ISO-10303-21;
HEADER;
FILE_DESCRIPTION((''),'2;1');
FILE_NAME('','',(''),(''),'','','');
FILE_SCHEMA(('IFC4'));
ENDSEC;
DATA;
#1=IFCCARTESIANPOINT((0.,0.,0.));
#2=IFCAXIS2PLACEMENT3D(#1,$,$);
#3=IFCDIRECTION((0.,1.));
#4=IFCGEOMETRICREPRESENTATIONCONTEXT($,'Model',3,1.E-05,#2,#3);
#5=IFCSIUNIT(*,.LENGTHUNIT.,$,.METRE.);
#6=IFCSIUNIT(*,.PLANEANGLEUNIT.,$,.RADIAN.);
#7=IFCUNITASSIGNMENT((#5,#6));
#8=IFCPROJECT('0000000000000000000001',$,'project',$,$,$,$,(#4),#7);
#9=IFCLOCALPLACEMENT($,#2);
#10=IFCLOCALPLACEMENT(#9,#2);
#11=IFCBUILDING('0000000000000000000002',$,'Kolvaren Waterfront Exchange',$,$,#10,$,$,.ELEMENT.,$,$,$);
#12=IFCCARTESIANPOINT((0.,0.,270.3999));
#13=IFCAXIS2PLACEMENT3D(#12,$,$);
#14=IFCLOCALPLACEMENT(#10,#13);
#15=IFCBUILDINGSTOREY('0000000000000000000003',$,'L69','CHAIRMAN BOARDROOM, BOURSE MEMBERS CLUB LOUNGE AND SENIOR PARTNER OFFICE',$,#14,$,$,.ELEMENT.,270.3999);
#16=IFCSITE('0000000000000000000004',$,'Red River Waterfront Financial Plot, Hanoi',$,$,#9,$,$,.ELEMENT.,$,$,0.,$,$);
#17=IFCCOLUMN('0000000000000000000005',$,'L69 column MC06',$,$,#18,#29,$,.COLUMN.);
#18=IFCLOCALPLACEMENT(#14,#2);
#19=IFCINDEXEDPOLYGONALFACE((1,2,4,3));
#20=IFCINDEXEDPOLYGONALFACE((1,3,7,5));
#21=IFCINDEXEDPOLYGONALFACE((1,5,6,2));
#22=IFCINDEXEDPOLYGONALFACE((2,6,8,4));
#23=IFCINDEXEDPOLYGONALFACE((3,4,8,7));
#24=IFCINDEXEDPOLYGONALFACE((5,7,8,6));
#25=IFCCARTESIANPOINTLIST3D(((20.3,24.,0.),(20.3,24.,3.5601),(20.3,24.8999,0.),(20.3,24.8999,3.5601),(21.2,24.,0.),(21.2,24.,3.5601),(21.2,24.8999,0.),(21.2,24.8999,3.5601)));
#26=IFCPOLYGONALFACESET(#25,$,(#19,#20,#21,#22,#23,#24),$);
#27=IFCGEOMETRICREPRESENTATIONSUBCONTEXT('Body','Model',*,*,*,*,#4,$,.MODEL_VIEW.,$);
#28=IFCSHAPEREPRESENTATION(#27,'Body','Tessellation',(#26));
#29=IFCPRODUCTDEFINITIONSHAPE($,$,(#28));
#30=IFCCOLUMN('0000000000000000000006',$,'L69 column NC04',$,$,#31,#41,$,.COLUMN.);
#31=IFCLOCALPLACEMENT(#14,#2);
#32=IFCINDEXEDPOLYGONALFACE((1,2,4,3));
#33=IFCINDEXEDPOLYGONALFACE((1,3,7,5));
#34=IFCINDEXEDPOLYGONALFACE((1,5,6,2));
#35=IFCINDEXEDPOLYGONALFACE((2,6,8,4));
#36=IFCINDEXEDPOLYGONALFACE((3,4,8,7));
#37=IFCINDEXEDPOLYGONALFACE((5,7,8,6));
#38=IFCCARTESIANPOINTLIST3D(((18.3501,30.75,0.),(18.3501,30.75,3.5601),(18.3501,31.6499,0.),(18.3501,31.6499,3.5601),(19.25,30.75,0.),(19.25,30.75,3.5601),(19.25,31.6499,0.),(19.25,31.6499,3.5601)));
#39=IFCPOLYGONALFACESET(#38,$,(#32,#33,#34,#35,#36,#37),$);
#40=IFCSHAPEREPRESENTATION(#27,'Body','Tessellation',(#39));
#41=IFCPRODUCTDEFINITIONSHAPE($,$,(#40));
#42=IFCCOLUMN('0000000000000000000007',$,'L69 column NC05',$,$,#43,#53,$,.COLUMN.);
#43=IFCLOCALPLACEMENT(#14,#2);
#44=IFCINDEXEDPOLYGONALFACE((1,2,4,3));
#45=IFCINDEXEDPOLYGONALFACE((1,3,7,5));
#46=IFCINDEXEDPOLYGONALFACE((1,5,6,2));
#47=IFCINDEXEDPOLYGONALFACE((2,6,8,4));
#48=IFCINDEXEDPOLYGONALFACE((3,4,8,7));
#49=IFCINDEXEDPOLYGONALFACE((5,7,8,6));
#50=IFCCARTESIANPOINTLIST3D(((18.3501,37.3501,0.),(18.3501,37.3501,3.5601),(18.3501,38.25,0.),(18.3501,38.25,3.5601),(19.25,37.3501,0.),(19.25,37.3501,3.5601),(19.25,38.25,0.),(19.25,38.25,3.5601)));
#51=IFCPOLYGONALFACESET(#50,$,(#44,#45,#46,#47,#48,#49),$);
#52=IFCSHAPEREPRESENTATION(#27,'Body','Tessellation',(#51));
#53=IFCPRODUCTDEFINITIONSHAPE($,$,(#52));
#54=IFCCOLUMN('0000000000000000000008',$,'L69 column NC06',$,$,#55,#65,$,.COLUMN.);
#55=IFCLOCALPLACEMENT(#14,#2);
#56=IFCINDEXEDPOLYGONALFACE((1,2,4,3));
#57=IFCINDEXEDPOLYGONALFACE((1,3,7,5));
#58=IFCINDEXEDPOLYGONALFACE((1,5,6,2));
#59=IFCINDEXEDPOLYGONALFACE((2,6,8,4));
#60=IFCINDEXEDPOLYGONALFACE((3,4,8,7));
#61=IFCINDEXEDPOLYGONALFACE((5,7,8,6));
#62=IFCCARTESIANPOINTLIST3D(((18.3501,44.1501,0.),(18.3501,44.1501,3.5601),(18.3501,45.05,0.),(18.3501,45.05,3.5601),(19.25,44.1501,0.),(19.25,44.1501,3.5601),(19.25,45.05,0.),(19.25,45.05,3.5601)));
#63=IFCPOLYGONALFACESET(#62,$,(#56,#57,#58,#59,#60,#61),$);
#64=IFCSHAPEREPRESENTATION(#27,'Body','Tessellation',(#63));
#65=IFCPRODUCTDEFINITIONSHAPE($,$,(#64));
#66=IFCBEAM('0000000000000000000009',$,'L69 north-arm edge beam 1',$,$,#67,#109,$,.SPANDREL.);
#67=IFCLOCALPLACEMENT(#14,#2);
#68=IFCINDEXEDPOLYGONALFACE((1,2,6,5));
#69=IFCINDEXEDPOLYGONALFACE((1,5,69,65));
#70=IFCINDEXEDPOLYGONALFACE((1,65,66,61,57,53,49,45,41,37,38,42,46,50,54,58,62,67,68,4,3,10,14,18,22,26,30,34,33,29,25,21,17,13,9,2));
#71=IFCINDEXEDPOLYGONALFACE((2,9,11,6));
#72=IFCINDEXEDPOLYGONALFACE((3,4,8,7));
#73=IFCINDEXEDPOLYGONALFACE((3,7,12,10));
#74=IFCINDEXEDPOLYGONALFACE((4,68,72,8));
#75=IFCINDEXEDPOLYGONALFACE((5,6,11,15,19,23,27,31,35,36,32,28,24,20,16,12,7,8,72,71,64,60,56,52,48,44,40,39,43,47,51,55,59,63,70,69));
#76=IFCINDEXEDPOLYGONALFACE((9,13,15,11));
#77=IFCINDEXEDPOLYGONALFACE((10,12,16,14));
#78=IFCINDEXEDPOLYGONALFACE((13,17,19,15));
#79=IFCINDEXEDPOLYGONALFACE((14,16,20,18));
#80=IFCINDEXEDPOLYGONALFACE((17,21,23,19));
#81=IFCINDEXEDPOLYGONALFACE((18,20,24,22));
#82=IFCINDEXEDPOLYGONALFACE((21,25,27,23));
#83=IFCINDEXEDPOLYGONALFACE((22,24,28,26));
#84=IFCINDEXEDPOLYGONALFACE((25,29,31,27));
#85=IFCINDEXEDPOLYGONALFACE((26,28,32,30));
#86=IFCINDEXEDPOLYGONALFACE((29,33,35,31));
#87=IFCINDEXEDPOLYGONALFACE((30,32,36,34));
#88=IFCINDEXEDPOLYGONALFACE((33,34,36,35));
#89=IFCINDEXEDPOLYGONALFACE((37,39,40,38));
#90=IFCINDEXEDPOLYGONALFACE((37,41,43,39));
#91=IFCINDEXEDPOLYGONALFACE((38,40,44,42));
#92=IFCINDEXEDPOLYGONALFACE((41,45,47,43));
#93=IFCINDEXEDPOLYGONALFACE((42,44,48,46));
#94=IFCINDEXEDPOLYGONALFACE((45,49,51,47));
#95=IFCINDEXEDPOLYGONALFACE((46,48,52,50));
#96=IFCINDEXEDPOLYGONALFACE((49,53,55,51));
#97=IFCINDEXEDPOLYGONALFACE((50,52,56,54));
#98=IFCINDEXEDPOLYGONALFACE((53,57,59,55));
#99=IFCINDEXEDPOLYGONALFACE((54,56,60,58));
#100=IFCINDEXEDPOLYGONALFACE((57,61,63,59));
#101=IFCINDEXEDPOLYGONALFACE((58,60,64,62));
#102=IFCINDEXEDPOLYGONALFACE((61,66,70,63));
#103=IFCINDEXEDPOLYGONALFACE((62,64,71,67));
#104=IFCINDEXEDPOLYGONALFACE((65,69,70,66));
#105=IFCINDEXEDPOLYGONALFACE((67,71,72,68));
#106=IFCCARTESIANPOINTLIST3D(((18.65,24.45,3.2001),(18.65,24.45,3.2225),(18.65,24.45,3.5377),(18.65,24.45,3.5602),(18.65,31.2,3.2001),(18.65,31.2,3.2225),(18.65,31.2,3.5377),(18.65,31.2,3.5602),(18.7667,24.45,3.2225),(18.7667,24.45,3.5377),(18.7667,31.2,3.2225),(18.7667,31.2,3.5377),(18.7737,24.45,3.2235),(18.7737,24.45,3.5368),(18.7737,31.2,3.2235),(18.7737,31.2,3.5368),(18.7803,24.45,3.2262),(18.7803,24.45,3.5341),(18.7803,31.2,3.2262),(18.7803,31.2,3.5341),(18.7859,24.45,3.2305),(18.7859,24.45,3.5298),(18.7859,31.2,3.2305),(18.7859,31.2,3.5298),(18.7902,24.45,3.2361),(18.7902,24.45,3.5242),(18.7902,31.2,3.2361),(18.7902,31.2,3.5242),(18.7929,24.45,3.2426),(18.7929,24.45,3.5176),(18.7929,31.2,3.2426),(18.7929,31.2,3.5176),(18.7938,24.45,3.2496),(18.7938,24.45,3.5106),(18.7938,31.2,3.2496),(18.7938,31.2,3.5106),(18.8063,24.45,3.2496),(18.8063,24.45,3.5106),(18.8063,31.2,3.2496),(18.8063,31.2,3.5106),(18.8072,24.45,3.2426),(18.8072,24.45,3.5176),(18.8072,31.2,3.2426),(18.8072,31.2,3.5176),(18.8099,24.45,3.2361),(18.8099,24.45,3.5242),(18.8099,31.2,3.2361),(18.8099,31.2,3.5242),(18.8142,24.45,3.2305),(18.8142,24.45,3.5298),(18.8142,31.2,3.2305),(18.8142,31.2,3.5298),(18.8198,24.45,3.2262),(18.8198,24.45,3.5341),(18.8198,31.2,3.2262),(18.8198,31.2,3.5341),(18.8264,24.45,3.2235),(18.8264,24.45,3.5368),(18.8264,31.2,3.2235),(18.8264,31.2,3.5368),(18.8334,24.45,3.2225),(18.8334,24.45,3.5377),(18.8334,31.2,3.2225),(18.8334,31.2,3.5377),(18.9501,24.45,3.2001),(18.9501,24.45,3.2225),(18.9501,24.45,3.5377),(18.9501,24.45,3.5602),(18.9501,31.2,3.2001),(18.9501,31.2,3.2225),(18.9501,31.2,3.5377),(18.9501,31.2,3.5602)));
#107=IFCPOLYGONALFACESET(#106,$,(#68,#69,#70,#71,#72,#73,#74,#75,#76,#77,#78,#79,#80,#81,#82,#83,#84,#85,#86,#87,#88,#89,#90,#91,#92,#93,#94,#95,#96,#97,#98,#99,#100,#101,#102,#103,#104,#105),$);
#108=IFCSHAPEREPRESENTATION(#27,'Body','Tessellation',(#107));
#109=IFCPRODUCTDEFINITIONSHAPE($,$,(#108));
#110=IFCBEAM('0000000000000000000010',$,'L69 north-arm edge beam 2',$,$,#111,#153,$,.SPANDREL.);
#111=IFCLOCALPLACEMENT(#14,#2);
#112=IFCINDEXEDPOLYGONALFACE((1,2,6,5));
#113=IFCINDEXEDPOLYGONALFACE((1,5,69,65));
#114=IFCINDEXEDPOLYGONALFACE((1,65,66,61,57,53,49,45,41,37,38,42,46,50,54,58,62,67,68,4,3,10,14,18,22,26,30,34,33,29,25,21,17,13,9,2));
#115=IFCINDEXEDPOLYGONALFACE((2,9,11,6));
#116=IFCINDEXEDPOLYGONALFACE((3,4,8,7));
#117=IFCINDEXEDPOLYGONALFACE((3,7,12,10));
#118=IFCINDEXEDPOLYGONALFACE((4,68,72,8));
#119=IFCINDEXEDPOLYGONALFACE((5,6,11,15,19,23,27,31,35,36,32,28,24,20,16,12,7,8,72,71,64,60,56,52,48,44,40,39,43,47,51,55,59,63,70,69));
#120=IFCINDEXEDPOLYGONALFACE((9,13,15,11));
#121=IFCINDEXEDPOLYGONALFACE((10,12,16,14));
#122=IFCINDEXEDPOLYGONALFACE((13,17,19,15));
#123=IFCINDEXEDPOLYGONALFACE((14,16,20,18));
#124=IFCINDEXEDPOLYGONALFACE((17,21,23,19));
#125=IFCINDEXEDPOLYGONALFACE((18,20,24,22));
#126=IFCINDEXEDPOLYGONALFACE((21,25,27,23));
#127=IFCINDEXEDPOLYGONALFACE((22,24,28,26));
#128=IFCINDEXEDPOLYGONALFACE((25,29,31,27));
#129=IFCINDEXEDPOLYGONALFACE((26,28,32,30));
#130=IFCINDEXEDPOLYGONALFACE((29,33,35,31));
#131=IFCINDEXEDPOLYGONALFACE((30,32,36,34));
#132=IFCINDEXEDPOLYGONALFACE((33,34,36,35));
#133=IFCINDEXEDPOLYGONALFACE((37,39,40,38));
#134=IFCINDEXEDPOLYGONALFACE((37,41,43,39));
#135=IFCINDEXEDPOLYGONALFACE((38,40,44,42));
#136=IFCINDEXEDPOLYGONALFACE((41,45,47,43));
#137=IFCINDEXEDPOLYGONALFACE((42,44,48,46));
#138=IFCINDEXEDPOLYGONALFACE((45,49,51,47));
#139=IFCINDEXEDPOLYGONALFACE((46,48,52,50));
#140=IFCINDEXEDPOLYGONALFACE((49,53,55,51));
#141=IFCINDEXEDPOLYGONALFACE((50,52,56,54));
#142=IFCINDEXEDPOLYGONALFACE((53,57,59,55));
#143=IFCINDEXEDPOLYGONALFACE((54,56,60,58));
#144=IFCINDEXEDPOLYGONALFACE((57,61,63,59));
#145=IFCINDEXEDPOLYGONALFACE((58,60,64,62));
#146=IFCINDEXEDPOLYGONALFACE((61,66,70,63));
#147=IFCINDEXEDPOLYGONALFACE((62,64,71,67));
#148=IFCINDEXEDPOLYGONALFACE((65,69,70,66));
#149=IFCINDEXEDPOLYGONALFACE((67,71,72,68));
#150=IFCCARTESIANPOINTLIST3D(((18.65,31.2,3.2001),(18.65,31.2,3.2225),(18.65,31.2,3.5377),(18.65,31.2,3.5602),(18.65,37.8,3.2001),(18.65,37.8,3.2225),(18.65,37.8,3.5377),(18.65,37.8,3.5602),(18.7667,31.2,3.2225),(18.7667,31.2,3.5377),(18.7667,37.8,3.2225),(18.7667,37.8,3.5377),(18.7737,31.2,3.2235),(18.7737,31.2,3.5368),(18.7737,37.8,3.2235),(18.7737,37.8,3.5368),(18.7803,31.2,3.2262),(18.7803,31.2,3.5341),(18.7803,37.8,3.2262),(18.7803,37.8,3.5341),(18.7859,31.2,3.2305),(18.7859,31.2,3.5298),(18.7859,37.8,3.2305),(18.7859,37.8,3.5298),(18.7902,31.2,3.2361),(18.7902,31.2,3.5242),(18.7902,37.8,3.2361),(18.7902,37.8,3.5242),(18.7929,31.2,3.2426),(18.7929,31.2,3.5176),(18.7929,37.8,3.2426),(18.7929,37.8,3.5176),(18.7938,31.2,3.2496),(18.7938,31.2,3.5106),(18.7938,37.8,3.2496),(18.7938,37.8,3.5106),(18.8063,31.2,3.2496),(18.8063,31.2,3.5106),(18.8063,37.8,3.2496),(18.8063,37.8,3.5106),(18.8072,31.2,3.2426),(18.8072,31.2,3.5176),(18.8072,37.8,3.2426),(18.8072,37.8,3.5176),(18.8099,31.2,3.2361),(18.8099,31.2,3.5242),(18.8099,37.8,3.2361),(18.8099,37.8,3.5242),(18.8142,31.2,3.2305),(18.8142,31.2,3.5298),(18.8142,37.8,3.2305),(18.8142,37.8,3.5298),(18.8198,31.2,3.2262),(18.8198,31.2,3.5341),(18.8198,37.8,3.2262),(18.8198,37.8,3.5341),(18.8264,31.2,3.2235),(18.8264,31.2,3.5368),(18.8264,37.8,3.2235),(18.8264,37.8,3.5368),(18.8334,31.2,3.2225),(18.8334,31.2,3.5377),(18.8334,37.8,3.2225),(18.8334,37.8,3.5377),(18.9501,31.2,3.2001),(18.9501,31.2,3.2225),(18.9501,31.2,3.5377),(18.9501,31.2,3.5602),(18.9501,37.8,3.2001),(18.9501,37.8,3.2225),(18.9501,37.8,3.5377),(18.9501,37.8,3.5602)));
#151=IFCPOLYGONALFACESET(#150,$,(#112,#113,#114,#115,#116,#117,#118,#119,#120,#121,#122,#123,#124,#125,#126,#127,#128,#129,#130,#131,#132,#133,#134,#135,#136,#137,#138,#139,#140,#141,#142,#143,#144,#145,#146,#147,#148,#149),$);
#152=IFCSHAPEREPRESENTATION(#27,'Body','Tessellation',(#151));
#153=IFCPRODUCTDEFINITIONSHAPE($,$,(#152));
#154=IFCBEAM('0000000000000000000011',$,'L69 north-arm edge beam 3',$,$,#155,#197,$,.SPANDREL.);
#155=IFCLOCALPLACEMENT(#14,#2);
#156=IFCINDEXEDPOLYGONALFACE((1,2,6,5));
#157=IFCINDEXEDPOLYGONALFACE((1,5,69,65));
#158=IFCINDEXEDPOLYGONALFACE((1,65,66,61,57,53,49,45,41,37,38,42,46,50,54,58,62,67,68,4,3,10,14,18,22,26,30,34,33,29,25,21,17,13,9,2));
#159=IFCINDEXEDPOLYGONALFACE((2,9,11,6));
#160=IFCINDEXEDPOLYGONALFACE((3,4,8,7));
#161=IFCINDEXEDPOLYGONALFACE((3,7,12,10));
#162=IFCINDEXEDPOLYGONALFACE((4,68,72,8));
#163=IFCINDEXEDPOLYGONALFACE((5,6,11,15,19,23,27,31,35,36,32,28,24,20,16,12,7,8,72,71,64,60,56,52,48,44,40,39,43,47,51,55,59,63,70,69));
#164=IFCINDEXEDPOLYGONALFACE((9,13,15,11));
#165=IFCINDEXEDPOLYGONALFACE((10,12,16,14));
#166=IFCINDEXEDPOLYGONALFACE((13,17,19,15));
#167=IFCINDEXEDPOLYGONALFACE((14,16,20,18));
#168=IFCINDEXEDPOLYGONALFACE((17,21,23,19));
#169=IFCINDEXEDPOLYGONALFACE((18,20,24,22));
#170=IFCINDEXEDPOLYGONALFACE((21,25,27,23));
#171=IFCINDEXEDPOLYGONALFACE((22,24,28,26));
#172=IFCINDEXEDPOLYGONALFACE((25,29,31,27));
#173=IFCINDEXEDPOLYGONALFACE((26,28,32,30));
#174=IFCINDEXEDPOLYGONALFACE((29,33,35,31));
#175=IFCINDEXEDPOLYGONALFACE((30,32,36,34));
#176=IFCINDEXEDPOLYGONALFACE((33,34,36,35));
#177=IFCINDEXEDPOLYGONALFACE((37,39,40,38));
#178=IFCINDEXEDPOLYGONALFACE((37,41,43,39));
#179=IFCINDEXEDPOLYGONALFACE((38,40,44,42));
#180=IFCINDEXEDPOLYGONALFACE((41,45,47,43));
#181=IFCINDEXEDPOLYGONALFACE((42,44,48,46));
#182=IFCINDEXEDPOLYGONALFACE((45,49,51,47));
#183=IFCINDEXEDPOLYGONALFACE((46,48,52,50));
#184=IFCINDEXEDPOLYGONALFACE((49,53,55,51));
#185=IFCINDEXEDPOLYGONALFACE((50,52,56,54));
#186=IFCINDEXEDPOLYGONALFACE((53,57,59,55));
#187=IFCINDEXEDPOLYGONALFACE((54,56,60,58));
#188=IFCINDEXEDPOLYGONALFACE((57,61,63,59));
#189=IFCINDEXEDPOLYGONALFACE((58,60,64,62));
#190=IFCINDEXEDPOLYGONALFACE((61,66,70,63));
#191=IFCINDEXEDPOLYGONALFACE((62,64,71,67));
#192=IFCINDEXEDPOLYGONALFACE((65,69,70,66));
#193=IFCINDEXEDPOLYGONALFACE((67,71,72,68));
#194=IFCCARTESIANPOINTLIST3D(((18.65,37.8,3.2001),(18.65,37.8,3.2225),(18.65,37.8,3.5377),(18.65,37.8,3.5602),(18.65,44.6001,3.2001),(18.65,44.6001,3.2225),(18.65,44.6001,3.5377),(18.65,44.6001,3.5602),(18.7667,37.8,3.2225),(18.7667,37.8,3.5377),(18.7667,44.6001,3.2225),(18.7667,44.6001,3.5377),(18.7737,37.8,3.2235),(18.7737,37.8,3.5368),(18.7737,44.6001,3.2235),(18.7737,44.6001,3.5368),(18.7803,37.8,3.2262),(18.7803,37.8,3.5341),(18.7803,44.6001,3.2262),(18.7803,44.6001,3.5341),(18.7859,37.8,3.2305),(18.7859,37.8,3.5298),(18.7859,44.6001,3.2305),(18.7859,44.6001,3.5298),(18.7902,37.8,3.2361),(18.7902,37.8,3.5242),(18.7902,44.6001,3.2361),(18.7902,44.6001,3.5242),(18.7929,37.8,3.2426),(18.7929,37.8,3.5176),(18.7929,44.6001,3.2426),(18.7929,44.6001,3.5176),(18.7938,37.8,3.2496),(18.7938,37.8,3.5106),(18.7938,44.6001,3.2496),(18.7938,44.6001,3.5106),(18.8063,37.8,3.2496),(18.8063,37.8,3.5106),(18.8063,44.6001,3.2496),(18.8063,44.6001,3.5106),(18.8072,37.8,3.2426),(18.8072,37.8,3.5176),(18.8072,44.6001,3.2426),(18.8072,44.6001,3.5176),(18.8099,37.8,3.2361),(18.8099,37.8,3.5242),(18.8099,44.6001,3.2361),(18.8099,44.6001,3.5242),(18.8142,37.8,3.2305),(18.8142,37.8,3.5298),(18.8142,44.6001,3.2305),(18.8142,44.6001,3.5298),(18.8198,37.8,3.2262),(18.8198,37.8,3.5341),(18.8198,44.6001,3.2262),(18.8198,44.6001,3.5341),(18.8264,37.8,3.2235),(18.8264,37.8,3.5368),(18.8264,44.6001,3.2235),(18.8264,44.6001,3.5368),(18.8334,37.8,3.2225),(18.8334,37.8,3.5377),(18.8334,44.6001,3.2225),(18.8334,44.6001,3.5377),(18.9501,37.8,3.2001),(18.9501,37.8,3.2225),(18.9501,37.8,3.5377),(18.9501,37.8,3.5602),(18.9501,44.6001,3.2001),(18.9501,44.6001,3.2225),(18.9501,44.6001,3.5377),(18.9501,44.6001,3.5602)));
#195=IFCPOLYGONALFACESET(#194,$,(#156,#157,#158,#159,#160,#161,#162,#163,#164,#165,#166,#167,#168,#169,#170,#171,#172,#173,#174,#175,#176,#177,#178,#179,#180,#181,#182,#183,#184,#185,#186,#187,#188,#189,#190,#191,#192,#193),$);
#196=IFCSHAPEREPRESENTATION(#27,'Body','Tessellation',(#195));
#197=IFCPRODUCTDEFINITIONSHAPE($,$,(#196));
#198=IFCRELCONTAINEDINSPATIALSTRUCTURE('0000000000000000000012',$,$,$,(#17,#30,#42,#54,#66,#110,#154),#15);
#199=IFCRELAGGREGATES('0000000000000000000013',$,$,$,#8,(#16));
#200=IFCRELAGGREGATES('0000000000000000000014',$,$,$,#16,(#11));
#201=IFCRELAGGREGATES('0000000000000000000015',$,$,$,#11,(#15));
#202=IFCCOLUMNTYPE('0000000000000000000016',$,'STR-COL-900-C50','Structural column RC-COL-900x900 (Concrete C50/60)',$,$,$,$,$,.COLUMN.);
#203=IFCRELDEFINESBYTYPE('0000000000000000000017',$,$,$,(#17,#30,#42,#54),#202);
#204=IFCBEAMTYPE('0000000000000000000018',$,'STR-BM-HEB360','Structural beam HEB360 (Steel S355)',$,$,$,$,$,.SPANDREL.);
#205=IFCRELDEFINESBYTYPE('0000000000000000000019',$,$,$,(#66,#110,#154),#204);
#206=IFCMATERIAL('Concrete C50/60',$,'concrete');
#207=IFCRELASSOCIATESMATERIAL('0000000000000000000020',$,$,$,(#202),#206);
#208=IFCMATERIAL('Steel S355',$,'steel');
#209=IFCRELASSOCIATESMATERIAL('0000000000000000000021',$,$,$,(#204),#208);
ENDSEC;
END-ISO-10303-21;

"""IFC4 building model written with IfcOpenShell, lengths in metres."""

from ifc_helpers import new_model, si_unit, direction, frame, origin, origin_2d, place, context, subcontext, project, spatial, rectangle, i_section, extrude, material, material_profile, profile_set, type_object, element, save


model = new_model("IFC4")

# Units and contexts
model_context = context("Model", 3, precision=1e-05, world=origin(), true_north=direction((0.0, 1.0)))
body_context = subcontext(model_context, "Body", "Model", "MODEL_VIEW")
ifc_project = project(units=[si_unit("LENGTHUNIT", "METRE"), si_unit("PLANEANGLEUNIT", "RADIAN")], contexts=[model_context])

# Site, building, storey
site_placement = place(None, origin())
site = spatial("IfcSite", under=ifc_project, at=site_placement, Name="Red River Waterfront Financial Plot, Hanoi", CompositionType="ELEMENT", RefElevation=0.0)
building_placement = place(site_placement, origin())
building = spatial("IfcBuilding", under=site, at=building_placement, Name="Kolvaren Waterfront Exchange", CompositionType="ELEMENT")
storey_placement = place(building_placement, frame((0.0, 0.0, 270.3999)))
storey = spatial("IfcBuildingStorey", under=building, at=storey_placement, Name="L69", Description="CHAIRMAN BOARDROOM, BOURSE MEMBERS CLUB LOUNGE AND SENIOR PARTNER OFFICE", CompositionType="ELEMENT", Elevation=270.3999)

# Columns
ifc_material_1 = material(Name="Concrete C50/60", Category="concrete")
ifc_material_profile_1 = material_profile(ifc_material_1, rectangle(XDim=0.8999, YDim=0.8999, at=origin_2d()), Name="RC-COL-900x900")
ifc_profile_set_1 = profile_set([ifc_material_profile_1], Name="Concrete C50/60")
column_type = type_object("IfcColumnType", Name="STR-COL-900-C50", Description="Structural column RC-COL-900x900 (Concrete C50/60)", PredefinedType="COLUMN", material=ifc_profile_set_1)
for number, where, z_axis, x_axis, name in (
    (1, (20.75, 24.45, 0.0), (0.0, 0.0, 1.0), (1.0, 0.0, 0.0), "L69 column MC06"),
    (2, (18.8, 31.2, 0.0), (0.0, 0.0, 1.0), (1.0, 0.0, 0.0), "L69 column NC04"),
    (3, (18.8, 37.8, 0.0), (0.0, 0.0, 1.0), (1.0, 0.0, 0.0), "L69 column NC05"),
    (4, (18.8, 44.6001, 0.0), (0.0, 0.0, 1.0), (1.0, 0.0, 0.0), "L69 column NC06"),
):
    element("IfcColumn", number, at=place(storey_placement, frame(where, z_axis=z_axis, x_axis=x_axis)), inside=storey, type_object=column_type, Name=name, PredefinedType="COLUMN", context=body_context, shape_type="SweptSolid", body=[
        extrude(rectangle(XDim=0.8999, YDim=0.8999, at=origin_2d()), origin(), (0.0, 0.0, 1.0), 3.5601),
    ])

# Beams
ifc_material_2 = material(Name="Steel S355", Category="steel")
ifc_material_profile_2 = material_profile(ifc_material_2, i_section(OverallWidth=0.3, OverallDepth=0.3601, WebThickness=0.0125, FlangeThickness=0.0225, FilletRadius=0.0271, at=origin_2d()), Name="HEB360")
ifc_profile_set_2 = profile_set([ifc_material_profile_2], Name="Steel S355")
beam_type = type_object("IfcBeamType", Name="STR-BM-HEB360", Description="Structural beam HEB360 (Steel S355)", PredefinedType="SPANDREL", material=ifc_profile_set_2)
beam_1_placement = place(storey_placement, frame((18.8, 24.45, 3.3801), z_axis=(0.0, 1.0, 0.0), x_axis=(-1.0, 0.0, 0.0)))
element("IfcBeam", 5, at=beam_1_placement, inside=storey, type_object=beam_type, Name="L69 north-arm edge beam 1", PredefinedType="SPANDREL", context=body_context, shape_type="SweptSolid", body=[
    extrude(i_section(OverallWidth=0.3, OverallDepth=0.3601, WebThickness=0.0125, FlangeThickness=0.0225, FilletRadius=0.0271, at=origin_2d()), origin(), (0.0, 0.0, 1.0), 6.75),
])
beam_2_placement = place(storey_placement, frame((18.8, 31.2, 3.3801), z_axis=(0.0, 1.0, 0.0), x_axis=(-1.0, 0.0, 0.0)))
element("IfcBeam", 6, at=beam_2_placement, inside=storey, type_object=beam_type, Name="L69 north-arm edge beam 2", PredefinedType="SPANDREL", context=body_context, shape_type="SweptSolid", body=[
    extrude(i_section(OverallWidth=0.3, OverallDepth=0.3601, WebThickness=0.0125, FlangeThickness=0.0225, FilletRadius=0.0271, at=origin_2d()), origin(), (0.0, 0.0, 1.0), 6.6001),
])
beam_3_placement = place(storey_placement, frame((18.8, 37.8, 3.3801), z_axis=(0.0, 1.0, 0.0), x_axis=(-1.0, 0.0, 0.0)))
element("IfcBeam", 7, at=beam_3_placement, inside=storey, type_object=beam_type, Name="L69 north-arm edge beam 3", PredefinedType="SPANDREL", context=body_context, shape_type="SweptSolid", body=[
    extrude(i_section(OverallWidth=0.3, OverallDepth=0.3601, WebThickness=0.0125, FlangeThickness=0.0225, FilletRadius=0.0271, at=origin_2d()), origin(), (0.0, 0.0, 1.0), 6.8),
])

save(model, "model.ifc")
